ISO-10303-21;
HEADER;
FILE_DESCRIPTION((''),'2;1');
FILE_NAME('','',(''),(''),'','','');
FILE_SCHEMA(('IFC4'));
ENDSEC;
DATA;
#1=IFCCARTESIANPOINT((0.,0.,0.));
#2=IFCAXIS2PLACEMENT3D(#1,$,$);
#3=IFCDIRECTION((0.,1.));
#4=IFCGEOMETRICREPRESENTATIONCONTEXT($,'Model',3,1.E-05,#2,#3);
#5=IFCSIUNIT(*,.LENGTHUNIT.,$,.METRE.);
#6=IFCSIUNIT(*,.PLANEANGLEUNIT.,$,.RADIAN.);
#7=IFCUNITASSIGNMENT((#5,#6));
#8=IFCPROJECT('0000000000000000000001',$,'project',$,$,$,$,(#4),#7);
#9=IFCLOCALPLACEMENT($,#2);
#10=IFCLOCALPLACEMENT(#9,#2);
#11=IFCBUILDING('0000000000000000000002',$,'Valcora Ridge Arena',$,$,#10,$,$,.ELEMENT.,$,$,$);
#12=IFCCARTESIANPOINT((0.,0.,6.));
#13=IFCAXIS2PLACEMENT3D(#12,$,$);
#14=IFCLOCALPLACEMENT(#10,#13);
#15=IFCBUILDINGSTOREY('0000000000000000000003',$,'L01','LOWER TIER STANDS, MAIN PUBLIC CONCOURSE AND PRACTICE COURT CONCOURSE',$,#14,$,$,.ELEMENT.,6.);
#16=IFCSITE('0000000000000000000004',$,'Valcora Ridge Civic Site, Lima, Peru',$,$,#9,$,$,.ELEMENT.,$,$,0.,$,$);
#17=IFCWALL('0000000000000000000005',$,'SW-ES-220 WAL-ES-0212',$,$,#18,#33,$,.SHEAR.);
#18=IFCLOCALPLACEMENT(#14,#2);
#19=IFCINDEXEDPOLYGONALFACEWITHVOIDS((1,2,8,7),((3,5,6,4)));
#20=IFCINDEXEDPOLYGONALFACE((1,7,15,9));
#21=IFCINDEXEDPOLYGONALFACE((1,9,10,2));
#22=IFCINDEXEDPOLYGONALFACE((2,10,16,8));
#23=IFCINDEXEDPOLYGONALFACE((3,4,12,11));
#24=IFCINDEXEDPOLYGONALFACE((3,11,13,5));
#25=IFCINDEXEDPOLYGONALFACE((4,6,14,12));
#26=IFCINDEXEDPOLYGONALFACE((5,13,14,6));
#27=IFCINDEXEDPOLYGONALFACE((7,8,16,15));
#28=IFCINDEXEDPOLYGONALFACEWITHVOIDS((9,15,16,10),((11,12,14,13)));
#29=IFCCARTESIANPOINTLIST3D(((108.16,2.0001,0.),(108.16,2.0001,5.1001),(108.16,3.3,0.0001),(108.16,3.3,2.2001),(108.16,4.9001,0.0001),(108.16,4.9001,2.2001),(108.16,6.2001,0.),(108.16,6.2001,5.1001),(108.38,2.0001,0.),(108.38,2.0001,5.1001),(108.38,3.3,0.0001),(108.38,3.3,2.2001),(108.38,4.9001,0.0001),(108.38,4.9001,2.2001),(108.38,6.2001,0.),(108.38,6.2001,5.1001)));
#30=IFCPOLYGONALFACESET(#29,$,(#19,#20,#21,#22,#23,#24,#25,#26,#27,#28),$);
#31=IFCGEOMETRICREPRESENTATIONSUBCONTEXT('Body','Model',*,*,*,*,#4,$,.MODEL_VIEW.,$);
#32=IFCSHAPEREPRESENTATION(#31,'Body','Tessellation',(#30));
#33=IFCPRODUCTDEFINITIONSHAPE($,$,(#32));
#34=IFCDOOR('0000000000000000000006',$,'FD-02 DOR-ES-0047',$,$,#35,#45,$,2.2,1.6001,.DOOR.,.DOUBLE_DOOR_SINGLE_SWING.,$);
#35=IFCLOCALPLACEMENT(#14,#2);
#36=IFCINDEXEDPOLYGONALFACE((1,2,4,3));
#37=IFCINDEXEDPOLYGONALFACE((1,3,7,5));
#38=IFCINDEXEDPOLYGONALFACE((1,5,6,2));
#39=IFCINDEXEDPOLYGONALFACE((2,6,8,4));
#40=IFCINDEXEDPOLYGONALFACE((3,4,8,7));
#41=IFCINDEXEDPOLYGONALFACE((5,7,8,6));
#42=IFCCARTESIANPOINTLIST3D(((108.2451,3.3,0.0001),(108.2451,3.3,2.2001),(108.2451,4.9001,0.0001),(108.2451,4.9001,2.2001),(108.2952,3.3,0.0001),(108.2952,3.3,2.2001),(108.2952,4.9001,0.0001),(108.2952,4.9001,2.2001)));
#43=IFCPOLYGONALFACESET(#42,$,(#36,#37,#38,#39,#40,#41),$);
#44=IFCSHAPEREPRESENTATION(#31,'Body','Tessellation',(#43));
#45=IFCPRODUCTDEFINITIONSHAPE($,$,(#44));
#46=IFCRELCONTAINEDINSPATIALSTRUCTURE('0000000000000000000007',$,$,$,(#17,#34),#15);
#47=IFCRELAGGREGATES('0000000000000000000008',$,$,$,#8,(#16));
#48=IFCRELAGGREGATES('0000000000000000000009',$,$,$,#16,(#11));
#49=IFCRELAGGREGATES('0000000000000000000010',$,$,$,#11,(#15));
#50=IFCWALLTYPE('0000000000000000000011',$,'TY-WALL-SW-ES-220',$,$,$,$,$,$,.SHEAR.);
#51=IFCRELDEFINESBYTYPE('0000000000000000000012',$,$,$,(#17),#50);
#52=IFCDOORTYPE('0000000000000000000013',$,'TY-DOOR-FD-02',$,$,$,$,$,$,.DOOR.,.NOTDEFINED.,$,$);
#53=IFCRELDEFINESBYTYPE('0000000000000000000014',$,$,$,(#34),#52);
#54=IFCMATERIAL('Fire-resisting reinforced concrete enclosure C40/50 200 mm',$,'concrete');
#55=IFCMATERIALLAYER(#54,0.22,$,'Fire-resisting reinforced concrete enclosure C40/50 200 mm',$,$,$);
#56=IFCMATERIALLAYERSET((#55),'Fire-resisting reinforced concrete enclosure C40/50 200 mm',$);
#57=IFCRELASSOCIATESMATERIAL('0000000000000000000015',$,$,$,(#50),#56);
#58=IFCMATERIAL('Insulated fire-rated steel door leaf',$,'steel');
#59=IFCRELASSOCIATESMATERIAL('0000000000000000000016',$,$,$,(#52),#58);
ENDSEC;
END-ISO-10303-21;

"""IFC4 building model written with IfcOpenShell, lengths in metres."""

from ifc_helpers import new_model, si_unit, direction, frame, frame_2d, origin, place, context, subcontext, project, spatial, rectangle, extrude, material, layer, layer_set, type_object, element, fill, save


model = new_model("IFC4")

# Units and contexts
model_context = context("Model", 3, precision=1e-05, world=origin(), true_north=direction((0.0, 1.0)))
body_context = subcontext(model_context, "Body", "Model", "MODEL_VIEW")
ifc_project = project(units=[si_unit("LENGTHUNIT", "METRE"), si_unit("PLANEANGLEUNIT", "RADIAN")], contexts=[model_context])

# Site, building, storey
site_placement = place(None, origin())
site = spatial("IfcSite", under=ifc_project, at=site_placement, Name="Valcora Ridge Civic Site, Lima, Peru", CompositionType="ELEMENT", RefElevation=0.0)
building_placement = place(site_placement, origin())
building = spatial("IfcBuilding", under=site, at=building_placement, Name="Valcora Ridge Arena", CompositionType="ELEMENT")
storey_placement = place(building_placement, frame((0.0, 0.0, 6.0)))
storey = spatial("IfcBuildingStorey", under=building, at=storey_placement, Name="L01", Description="LOWER TIER STANDS, MAIN PUBLIC CONCOURSE AND PRACTICE COURT CONCOURSE", CompositionType="ELEMENT", Elevation=6.0)

# Wall, opening, door
ifc_material_1 = material(Name="Fire-resisting reinforced concrete enclosure C40/50 200 mm", Category="concrete")
ifc_layer_1 = layer(ifc_material_1, 0.22, Name="Fire-resisting reinforced concrete enclosure C40/50 200 mm")
ifc_layer_set_1 = layer_set([ifc_layer_1], Name="Fire-resisting reinforced concrete enclosure C40/50 200 mm")
wall_type = type_object("IfcWallType", Name="TY-WALL-SW-ES-220", PredefinedType="SHEAR", material=ifc_layer_set_1)
wall_placement = place(storey_placement, frame((108.27, 2.0, 0.0), z_axis=(0.0, 0.0, 1.0), x_axis=(0.0, 1.0, 0.0)))
wall = element("IfcWall", 1, at=wall_placement, inside=storey, type_object=wall_type, Name="SW-ES-220 WAL-ES-0212", PredefinedType="SHEAR", context=body_context, shape_type="SweptSolid", body=[
    extrude(rectangle(XDim=4.2, YDim=0.22, at=frame_2d((2.1001, 0.0))), origin(), (0.0, 0.0, 1.0), 5.1001),
])
opening_placement = place(wall_placement, frame((1.3, 0.0, 0.0)))
opening = element("IfcOpeningElement", 2, at=opening_placement, cuts=wall, PredefinedType="OPENING", context=body_context, shape_type="SweptSolid", body=[
    extrude(rectangle(XDim=1.6001, YDim=2.2, at=frame_2d((0.8, 1.1001))), frame((0.0, 0.1199, 0.0), z_axis=(0.0, -1.0, 0.0), x_axis=(1.0, 0.0, 0.0)), (0.0, 0.0, 1.0), 0.24),
])
ifc_material_2 = material(Name="Insulated fire-rated steel door leaf", Category="steel")
door_type = type_object("IfcDoorType", Name="TY-DOOR-FD-02", OperationType="NOTDEFINED", PredefinedType="DOOR", material=ifc_material_2)
door_placement = place(opening_placement, origin())
door = element("IfcDoor", 3, at=door_placement, inside=storey, type_object=door_type, Name="FD-02 DOR-ES-0047", OperationType="DOUBLE_DOOR_SINGLE_SWING", OverallHeight=2.2, OverallWidth=1.6001, PredefinedType="DOOR", context=body_context, shape_type="SweptSolid", body=[
    extrude(rectangle(XDim=1.6001, YDim=2.2, at=frame_2d((0.8, 1.1001))), frame((0.0, 0.0249, 0.0), z_axis=(0.0, -1.0, 0.0), x_axis=(1.0, 0.0, 0.0)), (0.0, 0.0, 1.0), 0.05),
])
fill(opening, door)

save(model, "model.ifc")
